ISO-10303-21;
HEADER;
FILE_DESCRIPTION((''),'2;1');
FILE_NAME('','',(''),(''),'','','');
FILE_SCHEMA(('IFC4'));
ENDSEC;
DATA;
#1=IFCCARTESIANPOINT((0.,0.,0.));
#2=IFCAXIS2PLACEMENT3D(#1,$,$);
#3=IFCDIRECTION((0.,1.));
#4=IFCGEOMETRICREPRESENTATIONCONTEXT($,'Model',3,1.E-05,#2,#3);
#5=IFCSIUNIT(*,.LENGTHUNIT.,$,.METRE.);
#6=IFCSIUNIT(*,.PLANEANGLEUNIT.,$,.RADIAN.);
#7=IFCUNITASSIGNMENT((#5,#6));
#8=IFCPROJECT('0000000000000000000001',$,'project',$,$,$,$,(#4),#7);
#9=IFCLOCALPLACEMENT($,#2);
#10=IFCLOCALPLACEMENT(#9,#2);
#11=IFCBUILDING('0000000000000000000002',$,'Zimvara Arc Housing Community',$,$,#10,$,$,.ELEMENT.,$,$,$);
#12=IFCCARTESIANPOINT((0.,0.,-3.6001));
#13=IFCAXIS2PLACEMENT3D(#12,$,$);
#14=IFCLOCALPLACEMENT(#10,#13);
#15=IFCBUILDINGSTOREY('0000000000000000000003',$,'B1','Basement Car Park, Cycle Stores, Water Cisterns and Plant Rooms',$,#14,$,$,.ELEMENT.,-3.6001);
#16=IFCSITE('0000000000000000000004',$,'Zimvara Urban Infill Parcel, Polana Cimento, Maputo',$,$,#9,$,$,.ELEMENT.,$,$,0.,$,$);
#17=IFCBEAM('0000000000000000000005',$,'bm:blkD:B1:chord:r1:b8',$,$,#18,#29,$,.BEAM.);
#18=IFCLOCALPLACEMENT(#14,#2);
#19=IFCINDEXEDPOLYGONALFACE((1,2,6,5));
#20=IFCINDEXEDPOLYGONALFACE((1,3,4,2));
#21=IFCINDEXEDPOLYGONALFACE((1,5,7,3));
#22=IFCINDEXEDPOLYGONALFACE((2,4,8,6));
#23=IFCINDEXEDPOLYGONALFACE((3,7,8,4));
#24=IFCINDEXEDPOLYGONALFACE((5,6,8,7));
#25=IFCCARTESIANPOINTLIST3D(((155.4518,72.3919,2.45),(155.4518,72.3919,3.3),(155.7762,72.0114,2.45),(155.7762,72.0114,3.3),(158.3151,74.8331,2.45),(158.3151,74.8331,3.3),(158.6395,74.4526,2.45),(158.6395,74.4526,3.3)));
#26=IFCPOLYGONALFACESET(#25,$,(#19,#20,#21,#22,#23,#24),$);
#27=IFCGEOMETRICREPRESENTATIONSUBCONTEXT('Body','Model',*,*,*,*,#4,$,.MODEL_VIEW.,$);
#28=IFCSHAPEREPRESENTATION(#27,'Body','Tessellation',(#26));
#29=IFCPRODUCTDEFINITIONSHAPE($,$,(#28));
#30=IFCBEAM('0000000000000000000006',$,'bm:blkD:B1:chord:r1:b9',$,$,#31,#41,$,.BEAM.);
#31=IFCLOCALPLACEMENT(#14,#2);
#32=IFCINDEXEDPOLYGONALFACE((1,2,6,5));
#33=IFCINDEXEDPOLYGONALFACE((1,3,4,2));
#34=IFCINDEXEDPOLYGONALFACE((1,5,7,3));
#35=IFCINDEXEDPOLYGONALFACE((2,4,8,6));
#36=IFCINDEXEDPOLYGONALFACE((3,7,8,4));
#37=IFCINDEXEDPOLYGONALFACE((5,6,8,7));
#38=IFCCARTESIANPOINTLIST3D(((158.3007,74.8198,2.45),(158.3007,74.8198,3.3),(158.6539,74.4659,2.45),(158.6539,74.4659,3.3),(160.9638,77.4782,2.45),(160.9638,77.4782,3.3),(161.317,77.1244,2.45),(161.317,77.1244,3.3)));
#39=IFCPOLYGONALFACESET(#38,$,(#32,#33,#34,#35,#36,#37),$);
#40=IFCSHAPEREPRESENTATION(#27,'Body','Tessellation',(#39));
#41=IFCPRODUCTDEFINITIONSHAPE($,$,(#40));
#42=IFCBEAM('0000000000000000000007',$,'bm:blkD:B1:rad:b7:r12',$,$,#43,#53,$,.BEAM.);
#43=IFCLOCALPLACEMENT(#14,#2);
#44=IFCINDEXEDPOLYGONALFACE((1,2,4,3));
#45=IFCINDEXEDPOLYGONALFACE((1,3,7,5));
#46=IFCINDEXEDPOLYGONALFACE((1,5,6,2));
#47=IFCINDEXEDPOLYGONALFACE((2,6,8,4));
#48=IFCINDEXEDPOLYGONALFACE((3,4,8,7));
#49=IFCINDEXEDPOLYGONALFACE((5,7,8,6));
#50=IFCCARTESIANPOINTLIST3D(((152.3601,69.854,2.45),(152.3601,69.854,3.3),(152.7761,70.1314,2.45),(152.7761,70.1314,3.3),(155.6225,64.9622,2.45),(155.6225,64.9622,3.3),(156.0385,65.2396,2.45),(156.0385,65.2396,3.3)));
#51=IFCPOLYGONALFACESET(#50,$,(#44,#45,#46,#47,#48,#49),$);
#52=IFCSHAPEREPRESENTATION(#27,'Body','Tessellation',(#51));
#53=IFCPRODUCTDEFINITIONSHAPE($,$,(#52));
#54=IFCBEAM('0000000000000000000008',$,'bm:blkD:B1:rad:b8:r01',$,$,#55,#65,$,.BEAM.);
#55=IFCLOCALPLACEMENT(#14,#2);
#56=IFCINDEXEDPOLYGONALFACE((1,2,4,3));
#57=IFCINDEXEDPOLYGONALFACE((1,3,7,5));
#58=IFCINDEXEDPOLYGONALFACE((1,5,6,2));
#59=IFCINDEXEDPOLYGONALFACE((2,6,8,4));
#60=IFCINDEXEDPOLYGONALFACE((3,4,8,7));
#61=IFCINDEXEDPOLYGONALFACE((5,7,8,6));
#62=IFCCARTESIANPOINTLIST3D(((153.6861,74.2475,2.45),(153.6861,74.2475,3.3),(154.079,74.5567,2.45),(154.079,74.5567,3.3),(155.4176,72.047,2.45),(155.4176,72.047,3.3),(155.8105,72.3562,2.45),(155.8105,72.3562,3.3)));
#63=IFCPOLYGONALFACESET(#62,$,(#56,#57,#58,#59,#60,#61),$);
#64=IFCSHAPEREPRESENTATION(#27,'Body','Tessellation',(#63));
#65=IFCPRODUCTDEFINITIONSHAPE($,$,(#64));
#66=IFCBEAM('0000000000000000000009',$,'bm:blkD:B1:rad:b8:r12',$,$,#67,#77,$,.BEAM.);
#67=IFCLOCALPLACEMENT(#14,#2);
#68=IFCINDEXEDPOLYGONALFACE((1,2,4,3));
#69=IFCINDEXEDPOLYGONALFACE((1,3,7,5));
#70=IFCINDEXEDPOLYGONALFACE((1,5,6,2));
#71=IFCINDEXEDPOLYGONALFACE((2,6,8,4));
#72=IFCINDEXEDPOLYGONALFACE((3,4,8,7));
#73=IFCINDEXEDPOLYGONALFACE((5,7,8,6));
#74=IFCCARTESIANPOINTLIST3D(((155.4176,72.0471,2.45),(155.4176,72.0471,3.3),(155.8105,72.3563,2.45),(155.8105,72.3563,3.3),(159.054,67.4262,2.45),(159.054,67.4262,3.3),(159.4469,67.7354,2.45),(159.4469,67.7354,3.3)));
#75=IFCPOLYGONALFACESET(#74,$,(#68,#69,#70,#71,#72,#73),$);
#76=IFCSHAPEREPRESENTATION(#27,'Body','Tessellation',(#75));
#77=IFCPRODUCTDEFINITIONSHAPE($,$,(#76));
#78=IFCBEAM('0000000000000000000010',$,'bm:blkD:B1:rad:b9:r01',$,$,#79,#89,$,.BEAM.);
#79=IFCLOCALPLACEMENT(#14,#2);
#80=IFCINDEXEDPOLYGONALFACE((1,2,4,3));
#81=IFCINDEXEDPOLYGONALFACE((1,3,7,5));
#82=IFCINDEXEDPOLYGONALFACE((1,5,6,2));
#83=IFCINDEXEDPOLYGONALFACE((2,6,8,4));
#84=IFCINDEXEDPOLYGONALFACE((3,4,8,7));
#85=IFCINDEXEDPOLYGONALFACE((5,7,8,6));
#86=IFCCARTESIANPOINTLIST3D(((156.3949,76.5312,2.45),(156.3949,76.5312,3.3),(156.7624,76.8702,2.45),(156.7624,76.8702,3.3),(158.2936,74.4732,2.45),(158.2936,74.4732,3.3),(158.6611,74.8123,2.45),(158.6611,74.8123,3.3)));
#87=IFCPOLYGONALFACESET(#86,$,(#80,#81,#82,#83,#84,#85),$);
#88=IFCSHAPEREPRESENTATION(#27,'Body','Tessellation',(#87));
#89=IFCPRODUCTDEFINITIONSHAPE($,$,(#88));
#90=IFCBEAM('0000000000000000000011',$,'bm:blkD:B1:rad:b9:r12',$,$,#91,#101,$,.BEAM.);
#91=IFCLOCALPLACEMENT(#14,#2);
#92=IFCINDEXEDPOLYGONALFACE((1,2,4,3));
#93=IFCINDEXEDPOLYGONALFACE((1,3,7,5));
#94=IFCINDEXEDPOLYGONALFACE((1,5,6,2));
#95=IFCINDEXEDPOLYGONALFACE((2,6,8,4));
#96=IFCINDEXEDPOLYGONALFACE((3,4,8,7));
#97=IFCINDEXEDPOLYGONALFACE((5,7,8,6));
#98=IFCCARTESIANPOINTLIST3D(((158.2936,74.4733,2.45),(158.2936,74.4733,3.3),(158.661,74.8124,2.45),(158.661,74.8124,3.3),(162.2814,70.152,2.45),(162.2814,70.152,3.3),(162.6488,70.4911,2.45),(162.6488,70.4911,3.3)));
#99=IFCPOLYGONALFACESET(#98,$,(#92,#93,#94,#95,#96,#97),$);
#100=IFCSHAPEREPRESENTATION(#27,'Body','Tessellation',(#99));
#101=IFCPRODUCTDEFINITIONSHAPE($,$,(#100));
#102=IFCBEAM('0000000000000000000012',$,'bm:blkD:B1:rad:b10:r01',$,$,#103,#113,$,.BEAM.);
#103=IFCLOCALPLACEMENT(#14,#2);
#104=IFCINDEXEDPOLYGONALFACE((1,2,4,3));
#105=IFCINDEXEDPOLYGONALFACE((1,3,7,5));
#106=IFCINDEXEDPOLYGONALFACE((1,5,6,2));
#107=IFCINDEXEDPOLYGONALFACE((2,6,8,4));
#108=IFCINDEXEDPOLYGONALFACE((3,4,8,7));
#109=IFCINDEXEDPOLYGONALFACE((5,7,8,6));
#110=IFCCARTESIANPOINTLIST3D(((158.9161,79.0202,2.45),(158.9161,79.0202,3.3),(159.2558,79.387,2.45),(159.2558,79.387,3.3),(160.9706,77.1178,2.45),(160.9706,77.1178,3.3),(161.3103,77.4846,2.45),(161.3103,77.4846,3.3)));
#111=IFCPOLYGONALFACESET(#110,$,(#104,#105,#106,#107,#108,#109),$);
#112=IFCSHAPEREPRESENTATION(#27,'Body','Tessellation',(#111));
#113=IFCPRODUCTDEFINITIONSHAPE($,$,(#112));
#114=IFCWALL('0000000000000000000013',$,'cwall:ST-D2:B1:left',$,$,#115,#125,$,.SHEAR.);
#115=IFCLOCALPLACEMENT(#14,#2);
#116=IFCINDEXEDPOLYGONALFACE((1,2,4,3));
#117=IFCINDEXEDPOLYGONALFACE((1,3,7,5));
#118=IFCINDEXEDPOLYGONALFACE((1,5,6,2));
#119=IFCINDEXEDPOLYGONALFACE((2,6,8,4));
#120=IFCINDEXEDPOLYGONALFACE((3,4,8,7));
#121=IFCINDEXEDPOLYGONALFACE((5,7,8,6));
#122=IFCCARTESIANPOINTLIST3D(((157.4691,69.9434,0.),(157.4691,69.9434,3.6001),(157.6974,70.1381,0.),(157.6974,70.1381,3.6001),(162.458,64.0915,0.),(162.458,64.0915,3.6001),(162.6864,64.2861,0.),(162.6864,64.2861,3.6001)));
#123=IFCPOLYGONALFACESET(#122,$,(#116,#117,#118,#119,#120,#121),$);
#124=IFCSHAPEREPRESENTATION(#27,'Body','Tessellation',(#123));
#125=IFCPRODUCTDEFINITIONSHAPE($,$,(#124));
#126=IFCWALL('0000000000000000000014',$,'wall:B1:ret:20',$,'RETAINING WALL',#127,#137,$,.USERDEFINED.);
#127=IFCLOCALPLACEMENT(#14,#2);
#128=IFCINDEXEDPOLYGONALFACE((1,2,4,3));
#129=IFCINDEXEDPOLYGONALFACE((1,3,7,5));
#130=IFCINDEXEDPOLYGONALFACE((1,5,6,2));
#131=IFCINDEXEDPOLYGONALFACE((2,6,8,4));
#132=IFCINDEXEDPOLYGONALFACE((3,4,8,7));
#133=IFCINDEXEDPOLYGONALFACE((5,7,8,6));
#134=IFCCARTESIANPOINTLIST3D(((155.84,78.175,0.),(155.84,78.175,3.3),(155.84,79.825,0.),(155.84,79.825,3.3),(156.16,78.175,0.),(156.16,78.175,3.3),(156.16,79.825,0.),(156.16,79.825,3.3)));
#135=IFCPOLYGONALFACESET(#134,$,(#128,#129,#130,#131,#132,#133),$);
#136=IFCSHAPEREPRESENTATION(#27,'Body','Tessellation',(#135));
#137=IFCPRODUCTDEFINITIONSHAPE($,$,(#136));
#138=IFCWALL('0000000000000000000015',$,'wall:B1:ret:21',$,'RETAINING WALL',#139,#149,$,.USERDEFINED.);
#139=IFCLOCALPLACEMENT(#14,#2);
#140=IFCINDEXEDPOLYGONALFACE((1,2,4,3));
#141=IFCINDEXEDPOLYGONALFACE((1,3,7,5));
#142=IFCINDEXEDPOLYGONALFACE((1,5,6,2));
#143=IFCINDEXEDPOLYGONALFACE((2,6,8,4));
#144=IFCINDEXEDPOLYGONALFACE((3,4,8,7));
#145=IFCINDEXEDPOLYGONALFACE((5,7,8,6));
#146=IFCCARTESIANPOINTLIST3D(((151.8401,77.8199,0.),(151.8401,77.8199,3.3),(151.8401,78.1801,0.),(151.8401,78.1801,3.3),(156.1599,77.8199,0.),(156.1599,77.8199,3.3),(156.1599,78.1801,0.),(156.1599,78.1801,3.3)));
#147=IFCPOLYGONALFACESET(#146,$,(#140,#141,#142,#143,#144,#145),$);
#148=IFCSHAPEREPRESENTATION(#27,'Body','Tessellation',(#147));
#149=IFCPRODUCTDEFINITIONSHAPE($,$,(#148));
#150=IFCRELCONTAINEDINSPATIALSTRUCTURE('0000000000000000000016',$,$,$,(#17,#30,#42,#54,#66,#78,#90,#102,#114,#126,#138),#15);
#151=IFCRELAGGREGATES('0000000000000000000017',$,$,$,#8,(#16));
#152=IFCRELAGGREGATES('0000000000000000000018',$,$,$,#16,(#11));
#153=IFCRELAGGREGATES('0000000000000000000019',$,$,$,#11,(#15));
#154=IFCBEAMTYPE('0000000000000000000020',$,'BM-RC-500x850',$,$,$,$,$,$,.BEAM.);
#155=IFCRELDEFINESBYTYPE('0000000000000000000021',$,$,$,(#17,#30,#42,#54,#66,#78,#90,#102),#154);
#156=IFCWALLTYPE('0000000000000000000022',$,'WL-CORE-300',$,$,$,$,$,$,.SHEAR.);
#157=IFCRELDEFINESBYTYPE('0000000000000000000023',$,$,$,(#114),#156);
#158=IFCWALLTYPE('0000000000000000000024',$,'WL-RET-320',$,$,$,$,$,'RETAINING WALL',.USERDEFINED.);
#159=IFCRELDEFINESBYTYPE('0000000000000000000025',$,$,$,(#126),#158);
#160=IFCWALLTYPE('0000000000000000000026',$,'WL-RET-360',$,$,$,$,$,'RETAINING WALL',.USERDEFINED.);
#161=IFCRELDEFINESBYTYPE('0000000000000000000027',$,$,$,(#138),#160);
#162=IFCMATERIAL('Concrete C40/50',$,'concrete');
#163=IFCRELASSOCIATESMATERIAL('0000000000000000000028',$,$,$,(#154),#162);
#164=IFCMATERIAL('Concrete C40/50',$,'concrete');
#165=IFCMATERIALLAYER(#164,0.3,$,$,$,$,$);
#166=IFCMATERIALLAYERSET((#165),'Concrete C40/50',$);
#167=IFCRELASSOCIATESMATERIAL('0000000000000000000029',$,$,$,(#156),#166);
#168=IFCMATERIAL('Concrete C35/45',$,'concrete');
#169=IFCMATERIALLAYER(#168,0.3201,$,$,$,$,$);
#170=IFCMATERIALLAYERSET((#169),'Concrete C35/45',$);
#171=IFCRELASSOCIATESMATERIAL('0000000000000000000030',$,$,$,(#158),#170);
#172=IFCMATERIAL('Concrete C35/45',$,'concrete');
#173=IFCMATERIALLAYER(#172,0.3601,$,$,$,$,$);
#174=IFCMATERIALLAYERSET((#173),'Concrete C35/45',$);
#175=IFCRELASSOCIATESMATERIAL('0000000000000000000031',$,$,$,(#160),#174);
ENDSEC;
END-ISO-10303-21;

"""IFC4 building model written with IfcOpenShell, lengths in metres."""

from ifc_helpers import new_model, si_unit, direction, frame, frame_2d, origin, origin_2d, place, context, subcontext, project, spatial, rectangle, extrude, material, layer, layer_set, material_profile, profile_set, type_object, element, save


model = new_model("IFC4")

# Units and contexts
model_context = context("Model", 3, precision=1e-05, world=origin(), true_north=direction((0.0, 1.0)))
body_context = subcontext(model_context, "Body", "Model", "MODEL_VIEW")
ifc_project = project(units=[si_unit("LENGTHUNIT", "METRE"), si_unit("PLANEANGLEUNIT", "RADIAN")], contexts=[model_context])

# Site, building, storey
site_placement = place(None, origin())
site = spatial("IfcSite", under=ifc_project, at=site_placement, Name="Zimvara Urban Infill Parcel, Polana Cimento, Maputo", CompositionType="ELEMENT", RefElevation=0.0)
building_placement = place(site_placement, origin())
building = spatial("IfcBuilding", under=site, at=building_placement, Name="Zimvara Arc Housing Community", CompositionType="ELEMENT")
storey_placement = place(building_placement, frame((0.0, 0.0, -3.6001)))
storey = spatial("IfcBuildingStorey", under=building, at=storey_placement, Name="B1", Description="Basement Car Park, Cycle Stores, Water Cisterns and Plant Rooms", CompositionType="ELEMENT", Elevation=-3.6001)

# Beams
ifc_material_1 = material(Name="Concrete C40/50", Category="concrete")
ifc_material_profile_1 = material_profile(ifc_material_1, rectangle(XDim=0.5, YDim=0.8501, at=origin_2d()), Name="RC 500x850")
ifc_profile_set_1 = profile_set([ifc_material_profile_1], Name="Concrete C40/50")
beam_type = type_object("IfcBeamType", Name="BM-RC-500x850", PredefinedType="BEAM", material=ifc_profile_set_1)
for number, where, z_axis, x_axis, name in (
    (1, (155.614, 72.2017, 2.875), (0.760972, 0.648785, 0.0), (-0.648785, 0.760972, 0.0), "bm:blkD:B1:chord:r1:b8"),
):
    element("IfcBeam", number, at=place(storey_placement, frame(where, z_axis=z_axis, x_axis=x_axis)), inside=storey, type_object=beam_type, Name=name, PredefinedType="BEAM", context=body_context, shape_type="SweptSolid", body=[
        extrude(rectangle(XDim=0.5, YDim=0.8501, at=origin_2d()), origin(), (0.0, 0.0, 1.0), 3.7627),
    ])
beam_1_placement = place(storey_placement, frame((158.4773, 74.6428, 2.875), z_axis=(0.707723, 0.70649, 0.0), x_axis=(-0.70649, 0.707723, 0.0)))
element("IfcBeam", 2, at=beam_1_placement, inside=storey, type_object=beam_type, Name="bm:blkD:B1:chord:r1:b9", PredefinedType="BEAM", context=body_context, shape_type="SweptSolid", body=[
    extrude(rectangle(XDim=0.5, YDim=0.8501, at=origin_2d()), origin(), (0.0, 0.0, 1.0), 3.7629),
])
beam_2_placement = place(storey_placement, frame((152.5681, 69.9927, 2.875), z_axis=(0.554844, -0.831954, 0.0), x_axis=(0.831954, 0.554844, 0.0)))
element("IfcBeam", 3, at=beam_2_placement, inside=storey, type_object=beam_type, Name="bm:blkD:B1:rad:b7:r12", PredefinedType="BEAM", context=body_context, shape_type="SweptSolid", body=[
    extrude(rectangle(XDim=0.5, YDim=0.8501, at=origin_2d()), origin(), (0.0, 0.0, 1.0), 5.8799),
])
beam_3_placement = place(storey_placement, frame((153.8826, 74.4021, 2.875), z_axis=(0.61838, -0.785879, 0.0), x_axis=(0.785879, 0.61838, 0.0)))
element("IfcBeam", 4, at=beam_3_placement, inside=storey, type_object=beam_type, Name="bm:blkD:B1:rad:b8:r01", PredefinedType="BEAM", context=body_context, shape_type="SweptSolid", body=[
    extrude(rectangle(XDim=0.5, YDim=0.8501, at=origin_2d()), origin(), (0.0, 0.0, 1.0), 2.8),
])
beam_4_placement = place(storey_placement, frame((155.614, 72.2017, 2.875), z_axis=(0.618432, -0.785838, 0.0), x_axis=(0.785838, 0.618432, 0.0)))
element("IfcBeam", 5, at=beam_4_placement, inside=storey, type_object=beam_type, Name="bm:blkD:B1:rad:b8:r12", PredefinedType="BEAM", context=body_context, shape_type="SweptSolid", body=[
    extrude(rectangle(XDim=0.5, YDim=0.8501, at=origin_2d()), origin(), (0.0, 0.0, 1.0), 5.8801),
])
beam_5_placement = place(storey_placement, frame((156.5786, 76.7007, 2.875), z_axis=(0.67811, -0.734961, 0.0), x_axis=(0.734961, 0.67811, 0.0)))
element("IfcBeam", 6, at=beam_5_placement, inside=storey, type_object=beam_type, Name="bm:blkD:B1:rad:b9:r01", PredefinedType="BEAM", context=body_context, shape_type="SweptSolid", body=[
    extrude(rectangle(XDim=0.5, YDim=0.8501, at=origin_2d()), origin(), (0.0, 0.0, 1.0), 2.8),
])
beam_6_placement = place(storey_placement, frame((158.4773, 74.6428, 2.875), z_axis=(0.67818, -0.734896, 0.0), x_axis=(0.734896, 0.67818, 0.0)))
element("IfcBeam", 7, at=beam_6_placement, inside=storey, type_object=beam_type, Name="bm:blkD:B1:rad:b9:r12", PredefinedType="BEAM", context=body_context, shape_type="SweptSolid", body=[
    extrude(rectangle(XDim=0.5, YDim=0.8501, at=origin_2d()), origin(), (0.0, 0.0, 1.0), 5.8801),
])
beam_7_placement = place(storey_placement, frame((159.0859, 79.2036, 2.875), z_axis=(0.733746, -0.679424, 0.0), x_axis=(0.679424, 0.733746, 0.0)))
element("IfcBeam", 8, at=beam_7_placement, inside=storey, type_object=beam_type, Name="bm:blkD:B1:rad:b10:r01", PredefinedType="BEAM", context=body_context, shape_type="SweptSolid", body=[
    extrude(rectangle(XDim=0.5, YDim=0.8501, at=origin_2d()), origin(), (0.0, 0.0, 1.0), 2.8),
])

# Shared definitions
ifc_material_2 = material(Name="Concrete C40/50", Category="concrete")
ifc_layer_1 = layer(ifc_material_2, 0.3)
ifc_layer_set_1 = layer_set([ifc_layer_1], Name="Concrete C40/50")
wall_type_1 = type_object("IfcWallType", Name="WL-CORE-300", PredefinedType="SHEAR", material=ifc_layer_set_1)

# Walls
wall_1_placement = place(storey_placement, frame((157.5833, 70.0408, 0.0), z_axis=(0.0, 0.0, 1.0), x_axis=(0.648763, -0.760991, 0.0)))
element("IfcWall", 9, at=wall_1_placement, inside=storey, type_object=wall_type_1, Name="cwall:ST-D2:B1:left", PredefinedType="SHEAR", context=body_context, shape_type="SweptSolid", body=[
    extrude(rectangle(XDim=7.6899, YDim=0.3, at=frame_2d((3.845, 0.0))), origin(), (0.0, 0.0, 1.0), 3.6001),
])
ifc_material_3 = material(Name="Concrete C35/45", Category="concrete")
ifc_layer_2 = layer(ifc_material_3, 0.3201)
ifc_layer_set_2 = layer_set([ifc_layer_2], Name="Concrete C35/45")
wall_type_2 = type_object("IfcWallType", Name="WL-RET-320", ElementType="RETAINING WALL", PredefinedType="USERDEFINED", material=ifc_layer_set_2)
wall_2_placement = place(storey_placement, frame((156.0, 79.825, 0.0), z_axis=(0.0, 0.0, 1.0), x_axis=(0.0, -1.0, 0.0)))
element("IfcWall", 10, at=wall_2_placement, inside=storey, type_object=wall_type_2, Name="wall:B1:ret:20", ObjectType="RETAINING WALL", PredefinedType="USERDEFINED", context=body_context, shape_type="SweptSolid", body=[
    extrude(rectangle(XDim=1.6499, YDim=0.3201, at=frame_2d((0.825, 0.0))), origin(), (0.0, 0.0, 1.0), 3.3),
])
ifc_material_4 = material(Name="Concrete C35/45", Category="concrete")
ifc_layer_3 = layer(ifc_material_4, 0.3601)
ifc_layer_set_3 = layer_set([ifc_layer_3], Name="Concrete C35/45")
wall_type_3 = type_object("IfcWallType", Name="WL-RET-360", ElementType="RETAINING WALL", PredefinedType="USERDEFINED", material=ifc_layer_set_3)
wall_3_placement = place(storey_placement, frame((156.1599, 78.0, 0.0), z_axis=(0.0, 0.0, 1.0), x_axis=(-1.0, 0.0, 0.0)))
element("IfcWall", 11, at=wall_3_placement, inside=storey, type_object=wall_type_3, Name="wall:B1:ret:21", ObjectType="RETAINING WALL", PredefinedType="USERDEFINED", context=body_context, shape_type="SweptSolid", body=[
    extrude(rectangle(XDim=4.3198, YDim=0.3601, at=frame_2d((2.1599, 0.0))), origin(), (0.0, 0.0, 1.0), 3.3),
])

save(model, "model.ifc")
